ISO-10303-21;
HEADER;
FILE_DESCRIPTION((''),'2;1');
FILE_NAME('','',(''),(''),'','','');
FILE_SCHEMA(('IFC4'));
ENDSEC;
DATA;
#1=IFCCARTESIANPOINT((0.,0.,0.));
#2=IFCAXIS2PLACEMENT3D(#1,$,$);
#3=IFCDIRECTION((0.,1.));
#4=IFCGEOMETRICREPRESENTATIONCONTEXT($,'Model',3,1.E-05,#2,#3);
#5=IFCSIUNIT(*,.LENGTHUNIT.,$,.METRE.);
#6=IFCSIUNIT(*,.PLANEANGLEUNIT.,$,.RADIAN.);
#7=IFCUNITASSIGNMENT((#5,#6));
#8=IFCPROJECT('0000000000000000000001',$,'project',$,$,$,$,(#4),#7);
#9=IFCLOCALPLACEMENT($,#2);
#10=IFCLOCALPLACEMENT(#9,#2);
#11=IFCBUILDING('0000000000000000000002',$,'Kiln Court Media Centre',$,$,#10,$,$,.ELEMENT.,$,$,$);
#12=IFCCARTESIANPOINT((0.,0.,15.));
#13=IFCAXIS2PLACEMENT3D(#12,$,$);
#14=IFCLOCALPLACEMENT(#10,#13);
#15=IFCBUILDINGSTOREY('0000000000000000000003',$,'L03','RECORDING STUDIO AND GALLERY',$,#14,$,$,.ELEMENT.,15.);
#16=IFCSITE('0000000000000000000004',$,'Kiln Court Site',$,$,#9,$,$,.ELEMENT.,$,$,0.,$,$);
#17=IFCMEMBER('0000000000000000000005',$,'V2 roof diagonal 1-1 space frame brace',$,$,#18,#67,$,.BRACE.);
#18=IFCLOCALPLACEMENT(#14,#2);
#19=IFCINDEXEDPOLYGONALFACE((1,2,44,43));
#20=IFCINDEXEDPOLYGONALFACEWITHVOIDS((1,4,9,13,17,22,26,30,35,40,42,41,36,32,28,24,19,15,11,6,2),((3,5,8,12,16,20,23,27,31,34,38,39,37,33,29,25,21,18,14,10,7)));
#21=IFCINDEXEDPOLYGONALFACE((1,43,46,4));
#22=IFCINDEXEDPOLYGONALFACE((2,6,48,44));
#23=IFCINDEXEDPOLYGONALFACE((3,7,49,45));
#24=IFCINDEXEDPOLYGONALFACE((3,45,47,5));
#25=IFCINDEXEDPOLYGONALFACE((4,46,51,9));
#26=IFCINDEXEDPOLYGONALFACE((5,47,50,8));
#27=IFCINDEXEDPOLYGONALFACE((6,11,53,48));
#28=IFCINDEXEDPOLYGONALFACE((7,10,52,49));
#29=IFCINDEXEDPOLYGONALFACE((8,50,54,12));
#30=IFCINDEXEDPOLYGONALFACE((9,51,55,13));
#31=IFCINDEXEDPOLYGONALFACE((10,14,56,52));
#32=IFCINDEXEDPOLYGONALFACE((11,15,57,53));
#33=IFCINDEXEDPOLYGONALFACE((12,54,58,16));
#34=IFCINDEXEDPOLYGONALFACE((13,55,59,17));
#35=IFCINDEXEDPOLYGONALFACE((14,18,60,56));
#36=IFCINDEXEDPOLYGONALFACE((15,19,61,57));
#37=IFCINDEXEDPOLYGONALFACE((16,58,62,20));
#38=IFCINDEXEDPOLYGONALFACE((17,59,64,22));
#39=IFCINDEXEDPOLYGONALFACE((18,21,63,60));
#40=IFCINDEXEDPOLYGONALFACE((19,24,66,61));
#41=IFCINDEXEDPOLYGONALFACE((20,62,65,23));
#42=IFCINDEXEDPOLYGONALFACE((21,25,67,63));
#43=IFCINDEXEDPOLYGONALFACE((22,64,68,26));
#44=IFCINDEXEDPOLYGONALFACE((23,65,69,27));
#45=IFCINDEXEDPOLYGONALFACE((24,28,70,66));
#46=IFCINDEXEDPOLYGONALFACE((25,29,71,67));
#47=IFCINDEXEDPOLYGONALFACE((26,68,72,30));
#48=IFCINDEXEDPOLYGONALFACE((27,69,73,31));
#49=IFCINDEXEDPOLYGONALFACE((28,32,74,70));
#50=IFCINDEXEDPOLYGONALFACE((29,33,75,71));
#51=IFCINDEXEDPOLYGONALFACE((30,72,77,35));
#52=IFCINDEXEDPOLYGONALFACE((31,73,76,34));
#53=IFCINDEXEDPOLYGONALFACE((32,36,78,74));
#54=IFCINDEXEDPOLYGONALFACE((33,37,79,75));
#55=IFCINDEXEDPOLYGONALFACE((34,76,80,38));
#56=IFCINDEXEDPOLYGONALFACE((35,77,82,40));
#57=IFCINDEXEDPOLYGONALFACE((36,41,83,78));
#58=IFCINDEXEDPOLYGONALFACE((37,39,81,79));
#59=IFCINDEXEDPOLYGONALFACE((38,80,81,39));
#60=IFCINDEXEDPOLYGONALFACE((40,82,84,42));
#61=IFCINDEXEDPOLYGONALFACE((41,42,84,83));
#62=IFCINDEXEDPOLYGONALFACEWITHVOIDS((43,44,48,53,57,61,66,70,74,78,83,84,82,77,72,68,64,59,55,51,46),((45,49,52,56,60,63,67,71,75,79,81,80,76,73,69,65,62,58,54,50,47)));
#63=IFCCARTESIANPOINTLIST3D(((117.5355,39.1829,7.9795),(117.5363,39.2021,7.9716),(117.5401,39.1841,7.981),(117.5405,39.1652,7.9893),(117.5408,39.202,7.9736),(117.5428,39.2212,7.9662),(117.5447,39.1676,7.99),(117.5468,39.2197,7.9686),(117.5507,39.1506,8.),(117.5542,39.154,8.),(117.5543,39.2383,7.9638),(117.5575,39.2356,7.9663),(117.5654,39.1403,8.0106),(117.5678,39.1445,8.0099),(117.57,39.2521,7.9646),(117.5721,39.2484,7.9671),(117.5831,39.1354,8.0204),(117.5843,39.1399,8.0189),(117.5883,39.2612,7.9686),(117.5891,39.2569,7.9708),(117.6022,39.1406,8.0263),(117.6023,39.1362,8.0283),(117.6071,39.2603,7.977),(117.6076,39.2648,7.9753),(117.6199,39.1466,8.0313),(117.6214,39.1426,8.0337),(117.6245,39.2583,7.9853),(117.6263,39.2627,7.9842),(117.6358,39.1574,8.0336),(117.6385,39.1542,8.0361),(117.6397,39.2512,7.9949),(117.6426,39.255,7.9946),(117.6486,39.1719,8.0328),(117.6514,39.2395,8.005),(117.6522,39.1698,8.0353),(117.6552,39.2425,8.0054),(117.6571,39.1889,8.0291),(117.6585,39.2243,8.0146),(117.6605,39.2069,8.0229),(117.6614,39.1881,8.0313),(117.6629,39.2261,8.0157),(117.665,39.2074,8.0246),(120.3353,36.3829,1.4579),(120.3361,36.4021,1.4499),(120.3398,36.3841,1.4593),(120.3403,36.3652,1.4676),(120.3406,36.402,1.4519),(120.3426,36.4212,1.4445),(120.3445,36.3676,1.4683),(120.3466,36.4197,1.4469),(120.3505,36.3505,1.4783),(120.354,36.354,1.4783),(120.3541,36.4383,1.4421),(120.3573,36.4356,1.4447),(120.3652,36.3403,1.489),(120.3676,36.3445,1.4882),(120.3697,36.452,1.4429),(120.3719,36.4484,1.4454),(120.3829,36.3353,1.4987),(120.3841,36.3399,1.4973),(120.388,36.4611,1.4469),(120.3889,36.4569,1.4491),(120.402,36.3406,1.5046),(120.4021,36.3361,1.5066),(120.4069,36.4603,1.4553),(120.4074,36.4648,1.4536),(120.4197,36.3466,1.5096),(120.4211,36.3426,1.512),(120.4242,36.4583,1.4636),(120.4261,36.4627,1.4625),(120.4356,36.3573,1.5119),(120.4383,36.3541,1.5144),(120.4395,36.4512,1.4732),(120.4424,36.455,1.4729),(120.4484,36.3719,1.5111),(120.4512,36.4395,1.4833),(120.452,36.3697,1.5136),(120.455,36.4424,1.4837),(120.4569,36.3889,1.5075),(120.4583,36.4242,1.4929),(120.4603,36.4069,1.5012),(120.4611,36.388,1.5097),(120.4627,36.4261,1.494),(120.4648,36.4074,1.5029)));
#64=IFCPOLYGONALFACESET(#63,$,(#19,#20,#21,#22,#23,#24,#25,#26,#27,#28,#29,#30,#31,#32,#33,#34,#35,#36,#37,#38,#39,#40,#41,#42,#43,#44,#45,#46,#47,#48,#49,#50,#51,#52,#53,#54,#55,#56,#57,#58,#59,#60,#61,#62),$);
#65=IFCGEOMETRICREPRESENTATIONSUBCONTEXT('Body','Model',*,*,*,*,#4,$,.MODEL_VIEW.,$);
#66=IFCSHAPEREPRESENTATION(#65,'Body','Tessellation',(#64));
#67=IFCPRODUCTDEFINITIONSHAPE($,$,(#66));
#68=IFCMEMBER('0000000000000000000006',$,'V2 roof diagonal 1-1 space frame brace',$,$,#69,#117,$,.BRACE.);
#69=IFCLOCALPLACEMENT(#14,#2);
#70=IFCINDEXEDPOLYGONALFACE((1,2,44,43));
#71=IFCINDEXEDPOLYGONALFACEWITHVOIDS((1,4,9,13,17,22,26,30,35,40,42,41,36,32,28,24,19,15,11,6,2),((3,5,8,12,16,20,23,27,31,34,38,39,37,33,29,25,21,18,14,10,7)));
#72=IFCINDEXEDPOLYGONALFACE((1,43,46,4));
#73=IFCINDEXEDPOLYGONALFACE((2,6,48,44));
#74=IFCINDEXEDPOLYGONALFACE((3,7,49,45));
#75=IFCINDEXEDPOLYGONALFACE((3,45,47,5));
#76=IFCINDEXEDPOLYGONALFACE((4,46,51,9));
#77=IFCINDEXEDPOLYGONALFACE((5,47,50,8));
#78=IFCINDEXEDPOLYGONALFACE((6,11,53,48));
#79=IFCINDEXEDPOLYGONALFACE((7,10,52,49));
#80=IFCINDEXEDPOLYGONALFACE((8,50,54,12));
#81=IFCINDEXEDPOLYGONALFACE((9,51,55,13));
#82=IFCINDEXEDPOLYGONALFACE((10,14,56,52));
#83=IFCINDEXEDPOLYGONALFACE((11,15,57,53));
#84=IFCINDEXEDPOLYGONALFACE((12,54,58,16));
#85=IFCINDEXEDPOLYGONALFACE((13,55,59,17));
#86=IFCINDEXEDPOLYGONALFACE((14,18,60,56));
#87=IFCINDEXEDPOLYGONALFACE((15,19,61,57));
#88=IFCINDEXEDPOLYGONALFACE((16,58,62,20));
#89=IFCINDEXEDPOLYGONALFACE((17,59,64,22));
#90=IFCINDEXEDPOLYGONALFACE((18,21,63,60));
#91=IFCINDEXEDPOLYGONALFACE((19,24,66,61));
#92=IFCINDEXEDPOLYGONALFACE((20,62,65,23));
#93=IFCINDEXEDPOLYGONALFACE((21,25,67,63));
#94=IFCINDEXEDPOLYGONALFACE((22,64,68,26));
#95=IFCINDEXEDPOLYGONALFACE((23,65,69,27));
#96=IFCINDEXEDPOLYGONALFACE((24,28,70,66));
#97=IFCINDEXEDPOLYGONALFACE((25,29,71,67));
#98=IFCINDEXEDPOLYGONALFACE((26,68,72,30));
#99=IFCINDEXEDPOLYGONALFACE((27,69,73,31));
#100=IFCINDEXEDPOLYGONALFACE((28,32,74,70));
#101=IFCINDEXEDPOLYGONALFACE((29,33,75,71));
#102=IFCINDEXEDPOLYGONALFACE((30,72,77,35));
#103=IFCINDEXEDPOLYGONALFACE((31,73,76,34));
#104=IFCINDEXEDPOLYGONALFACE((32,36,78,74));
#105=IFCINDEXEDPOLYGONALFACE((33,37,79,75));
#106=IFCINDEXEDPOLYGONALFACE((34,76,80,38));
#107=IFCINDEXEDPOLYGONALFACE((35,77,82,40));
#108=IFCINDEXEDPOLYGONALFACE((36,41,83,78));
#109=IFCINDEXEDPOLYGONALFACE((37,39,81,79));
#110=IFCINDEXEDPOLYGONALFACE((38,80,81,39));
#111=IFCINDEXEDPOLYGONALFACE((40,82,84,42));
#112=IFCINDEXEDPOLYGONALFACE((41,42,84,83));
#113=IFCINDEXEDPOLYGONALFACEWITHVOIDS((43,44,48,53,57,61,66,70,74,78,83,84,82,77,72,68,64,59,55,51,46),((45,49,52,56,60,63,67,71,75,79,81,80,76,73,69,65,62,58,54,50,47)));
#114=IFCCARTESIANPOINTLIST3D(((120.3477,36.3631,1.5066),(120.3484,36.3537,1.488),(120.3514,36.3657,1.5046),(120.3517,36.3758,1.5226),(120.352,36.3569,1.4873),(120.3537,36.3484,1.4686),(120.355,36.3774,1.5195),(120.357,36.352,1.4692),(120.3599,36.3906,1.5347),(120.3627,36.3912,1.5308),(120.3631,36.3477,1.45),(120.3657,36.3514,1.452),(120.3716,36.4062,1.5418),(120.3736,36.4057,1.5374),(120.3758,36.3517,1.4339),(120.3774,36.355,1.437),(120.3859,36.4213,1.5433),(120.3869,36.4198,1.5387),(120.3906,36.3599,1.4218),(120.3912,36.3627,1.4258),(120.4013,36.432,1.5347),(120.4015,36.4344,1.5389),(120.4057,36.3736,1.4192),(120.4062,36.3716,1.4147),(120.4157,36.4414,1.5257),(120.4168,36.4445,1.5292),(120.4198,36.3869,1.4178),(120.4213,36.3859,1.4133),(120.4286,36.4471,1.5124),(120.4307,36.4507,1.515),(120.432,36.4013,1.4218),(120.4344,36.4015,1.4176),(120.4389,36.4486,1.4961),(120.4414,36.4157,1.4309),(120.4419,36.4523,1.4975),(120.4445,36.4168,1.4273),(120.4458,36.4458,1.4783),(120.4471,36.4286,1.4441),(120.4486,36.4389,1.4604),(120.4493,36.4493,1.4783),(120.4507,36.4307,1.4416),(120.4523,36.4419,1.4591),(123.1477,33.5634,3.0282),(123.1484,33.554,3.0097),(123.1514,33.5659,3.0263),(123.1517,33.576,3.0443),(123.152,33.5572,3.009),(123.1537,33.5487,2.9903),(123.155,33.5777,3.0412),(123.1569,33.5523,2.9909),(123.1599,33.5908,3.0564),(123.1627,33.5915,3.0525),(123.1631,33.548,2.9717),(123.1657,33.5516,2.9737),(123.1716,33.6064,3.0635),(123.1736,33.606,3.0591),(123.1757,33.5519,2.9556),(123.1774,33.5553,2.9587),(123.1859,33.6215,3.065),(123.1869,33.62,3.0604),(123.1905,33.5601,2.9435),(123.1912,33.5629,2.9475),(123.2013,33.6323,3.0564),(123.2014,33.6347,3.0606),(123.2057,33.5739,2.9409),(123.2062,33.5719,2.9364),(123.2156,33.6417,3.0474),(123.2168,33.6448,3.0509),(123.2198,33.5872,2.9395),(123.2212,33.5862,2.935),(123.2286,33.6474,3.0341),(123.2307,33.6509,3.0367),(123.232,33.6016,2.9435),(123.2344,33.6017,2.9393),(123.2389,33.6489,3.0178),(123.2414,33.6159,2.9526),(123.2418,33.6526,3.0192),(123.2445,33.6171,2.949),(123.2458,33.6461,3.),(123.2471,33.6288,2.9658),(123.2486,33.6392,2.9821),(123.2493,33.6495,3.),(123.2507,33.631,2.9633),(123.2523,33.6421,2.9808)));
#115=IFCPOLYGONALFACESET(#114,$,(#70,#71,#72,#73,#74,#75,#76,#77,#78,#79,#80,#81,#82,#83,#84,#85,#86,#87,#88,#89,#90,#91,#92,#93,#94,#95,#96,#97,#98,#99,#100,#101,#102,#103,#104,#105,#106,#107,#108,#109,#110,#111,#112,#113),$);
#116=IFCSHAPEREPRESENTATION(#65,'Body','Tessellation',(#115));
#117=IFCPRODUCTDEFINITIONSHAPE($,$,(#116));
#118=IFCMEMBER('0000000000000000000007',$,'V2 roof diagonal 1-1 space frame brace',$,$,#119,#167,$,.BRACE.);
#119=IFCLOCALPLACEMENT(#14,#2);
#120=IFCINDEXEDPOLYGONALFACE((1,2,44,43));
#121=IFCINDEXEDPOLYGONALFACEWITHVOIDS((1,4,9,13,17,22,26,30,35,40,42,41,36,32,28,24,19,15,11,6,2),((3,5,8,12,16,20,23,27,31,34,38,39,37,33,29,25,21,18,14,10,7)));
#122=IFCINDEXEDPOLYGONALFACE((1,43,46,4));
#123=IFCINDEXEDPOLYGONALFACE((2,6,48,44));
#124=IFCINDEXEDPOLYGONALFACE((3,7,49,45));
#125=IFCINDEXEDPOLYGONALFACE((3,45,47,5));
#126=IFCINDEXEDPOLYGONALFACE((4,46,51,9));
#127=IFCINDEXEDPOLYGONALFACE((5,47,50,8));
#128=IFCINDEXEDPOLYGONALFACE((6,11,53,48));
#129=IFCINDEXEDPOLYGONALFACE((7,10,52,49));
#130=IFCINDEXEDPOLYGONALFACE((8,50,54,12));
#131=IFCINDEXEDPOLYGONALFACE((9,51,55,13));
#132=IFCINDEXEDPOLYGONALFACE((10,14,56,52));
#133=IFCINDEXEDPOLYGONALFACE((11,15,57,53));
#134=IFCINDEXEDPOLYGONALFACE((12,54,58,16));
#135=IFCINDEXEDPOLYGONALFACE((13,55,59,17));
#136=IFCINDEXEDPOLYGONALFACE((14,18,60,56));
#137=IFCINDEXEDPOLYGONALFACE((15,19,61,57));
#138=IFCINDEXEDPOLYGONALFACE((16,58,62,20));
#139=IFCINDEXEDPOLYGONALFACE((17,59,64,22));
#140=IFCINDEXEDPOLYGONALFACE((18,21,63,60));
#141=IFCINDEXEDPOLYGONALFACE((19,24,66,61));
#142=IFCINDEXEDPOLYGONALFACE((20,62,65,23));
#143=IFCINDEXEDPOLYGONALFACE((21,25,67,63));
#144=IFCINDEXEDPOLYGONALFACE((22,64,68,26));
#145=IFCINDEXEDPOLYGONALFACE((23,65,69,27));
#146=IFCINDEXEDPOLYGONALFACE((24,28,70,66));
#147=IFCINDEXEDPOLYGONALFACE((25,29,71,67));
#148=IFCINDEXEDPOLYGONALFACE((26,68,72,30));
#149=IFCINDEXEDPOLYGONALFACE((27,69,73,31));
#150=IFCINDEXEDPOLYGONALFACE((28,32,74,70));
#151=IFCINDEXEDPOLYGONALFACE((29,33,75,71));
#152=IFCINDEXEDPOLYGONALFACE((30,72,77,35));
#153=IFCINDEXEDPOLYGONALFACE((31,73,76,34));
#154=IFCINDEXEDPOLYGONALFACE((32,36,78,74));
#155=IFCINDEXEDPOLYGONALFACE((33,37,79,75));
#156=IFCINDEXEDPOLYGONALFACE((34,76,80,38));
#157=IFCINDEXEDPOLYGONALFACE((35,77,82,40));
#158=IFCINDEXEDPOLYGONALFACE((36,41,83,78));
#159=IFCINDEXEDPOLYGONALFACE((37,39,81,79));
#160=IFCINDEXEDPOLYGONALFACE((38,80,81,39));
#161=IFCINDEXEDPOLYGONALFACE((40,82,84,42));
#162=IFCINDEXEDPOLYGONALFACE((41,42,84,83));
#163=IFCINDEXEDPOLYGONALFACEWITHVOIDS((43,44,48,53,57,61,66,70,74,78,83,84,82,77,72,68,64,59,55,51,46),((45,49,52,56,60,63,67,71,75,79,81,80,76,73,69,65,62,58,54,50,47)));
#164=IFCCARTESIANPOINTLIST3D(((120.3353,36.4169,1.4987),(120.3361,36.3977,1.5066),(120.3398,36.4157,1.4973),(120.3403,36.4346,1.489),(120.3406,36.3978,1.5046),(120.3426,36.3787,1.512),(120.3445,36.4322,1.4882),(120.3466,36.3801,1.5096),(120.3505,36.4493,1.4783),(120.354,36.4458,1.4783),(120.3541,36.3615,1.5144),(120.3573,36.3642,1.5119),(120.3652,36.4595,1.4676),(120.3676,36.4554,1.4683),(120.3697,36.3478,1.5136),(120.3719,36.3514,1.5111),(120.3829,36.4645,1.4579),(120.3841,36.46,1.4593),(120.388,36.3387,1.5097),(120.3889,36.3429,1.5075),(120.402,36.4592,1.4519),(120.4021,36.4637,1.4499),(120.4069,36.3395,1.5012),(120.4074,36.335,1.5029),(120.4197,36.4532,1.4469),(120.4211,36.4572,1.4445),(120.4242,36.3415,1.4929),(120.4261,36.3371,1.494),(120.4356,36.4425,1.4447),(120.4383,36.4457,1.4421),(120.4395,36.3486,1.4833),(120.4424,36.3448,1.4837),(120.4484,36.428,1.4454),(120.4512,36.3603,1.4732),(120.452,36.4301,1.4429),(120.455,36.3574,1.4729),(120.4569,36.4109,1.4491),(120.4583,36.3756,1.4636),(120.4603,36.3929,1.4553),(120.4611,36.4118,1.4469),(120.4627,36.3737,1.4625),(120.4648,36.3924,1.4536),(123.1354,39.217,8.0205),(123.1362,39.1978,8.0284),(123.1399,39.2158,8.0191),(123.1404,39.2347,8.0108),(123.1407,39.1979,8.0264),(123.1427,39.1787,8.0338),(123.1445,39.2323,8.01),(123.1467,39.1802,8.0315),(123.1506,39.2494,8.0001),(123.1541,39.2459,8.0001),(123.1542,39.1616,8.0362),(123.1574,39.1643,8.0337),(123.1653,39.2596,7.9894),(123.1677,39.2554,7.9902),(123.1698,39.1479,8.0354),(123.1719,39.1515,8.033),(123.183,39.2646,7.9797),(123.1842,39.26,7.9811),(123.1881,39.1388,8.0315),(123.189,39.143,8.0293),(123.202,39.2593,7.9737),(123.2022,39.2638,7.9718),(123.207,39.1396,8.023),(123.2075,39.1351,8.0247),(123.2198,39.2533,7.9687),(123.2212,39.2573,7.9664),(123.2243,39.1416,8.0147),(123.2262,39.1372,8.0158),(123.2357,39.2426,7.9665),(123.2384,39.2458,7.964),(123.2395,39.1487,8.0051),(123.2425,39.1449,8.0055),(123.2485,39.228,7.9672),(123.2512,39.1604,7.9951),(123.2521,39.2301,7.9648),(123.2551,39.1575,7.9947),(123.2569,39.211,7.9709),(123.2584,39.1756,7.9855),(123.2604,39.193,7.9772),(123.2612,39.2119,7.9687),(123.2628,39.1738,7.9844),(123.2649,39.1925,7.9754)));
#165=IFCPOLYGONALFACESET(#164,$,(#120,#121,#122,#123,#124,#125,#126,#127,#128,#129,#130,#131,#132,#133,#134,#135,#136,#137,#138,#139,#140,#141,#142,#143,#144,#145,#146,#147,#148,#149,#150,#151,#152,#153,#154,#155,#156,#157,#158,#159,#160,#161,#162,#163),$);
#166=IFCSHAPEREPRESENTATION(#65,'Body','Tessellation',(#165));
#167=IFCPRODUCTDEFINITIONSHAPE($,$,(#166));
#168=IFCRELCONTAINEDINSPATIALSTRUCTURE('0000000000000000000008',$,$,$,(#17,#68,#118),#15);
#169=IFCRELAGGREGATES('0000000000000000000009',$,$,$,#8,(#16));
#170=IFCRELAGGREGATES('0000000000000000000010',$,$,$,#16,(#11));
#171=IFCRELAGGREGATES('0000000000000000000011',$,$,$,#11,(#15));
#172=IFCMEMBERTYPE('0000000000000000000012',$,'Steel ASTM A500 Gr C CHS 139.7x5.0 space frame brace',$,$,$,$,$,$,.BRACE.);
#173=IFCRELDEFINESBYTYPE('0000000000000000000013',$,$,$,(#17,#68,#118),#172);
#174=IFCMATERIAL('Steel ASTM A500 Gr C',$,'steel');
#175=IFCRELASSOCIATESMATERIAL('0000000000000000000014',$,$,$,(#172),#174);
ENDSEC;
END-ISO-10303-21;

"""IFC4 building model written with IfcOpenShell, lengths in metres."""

from ifc_helpers import new_model, si_unit, direction, frame, origin, origin_2d, place, context, subcontext, project, spatial, hollow_circle, extrude, material, material_profile, profile_set, type_object, element, save


model = new_model("IFC4")

# Units and contexts
model_context = context("Model", 3, precision=1e-05, world=origin(), true_north=direction((0.0, 1.0)))
body_context = subcontext(model_context, "Body", "Model", "MODEL_VIEW")
ifc_project = project(units=[si_unit("LENGTHUNIT", "METRE"), si_unit("PLANEANGLEUNIT", "RADIAN")], contexts=[model_context])

# Site, building, storey
site_placement = place(None, origin())
site = spatial("IfcSite", under=ifc_project, at=site_placement, Name="Kiln Court Site", CompositionType="ELEMENT", RefElevation=0.0)
building_placement = place(site_placement, origin())
building = spatial("IfcBuilding", under=site, at=building_placement, Name="Kiln Court Media Centre", CompositionType="ELEMENT")
storey_placement = place(building_placement, frame((0.0, 0.0, 15.0)))
storey = spatial("IfcBuildingStorey", under=building, at=storey_placement, Name="L03", Description="RECORDING STUDIO AND GALLERY", CompositionType="ELEMENT", Elevation=15.0)

# Members
ifc_material_1 = material(Name="Steel ASTM A500 Gr C", Category="steel")
ifc_material_profile_1 = material_profile(ifc_material_1, hollow_circle(Radius=0.0698, WallThickness=0.0049, at=origin_2d()), Name="CHS 139.7x5.0")
ifc_profile_set_1 = profile_set([ifc_material_profile_1], Name="Steel ASTM A500 Gr C")
member_type_1 = type_object("IfcMemberType", Name="Steel ASTM A500 Gr C CHS 139.7x5.0 space frame brace", PredefinedType="BRACE", material=ifc_profile_set_1)
member_1_placement = place(storey_placement, frame((120.3999, 36.3999, 1.4783), z_axis=(-0.366962, 0.366994, 0.854783), x_axis=(-0.707138, -0.707076, 0.0)))
element("IfcMember", 1, at=member_1_placement, inside=storey, type_object=member_type_1, Name="V2 roof diagonal 1-1 space frame brace", PredefinedType="BRACE", context=body_context, shape_type="SweptSolid", body=[
    extrude(hollow_circle(Radius=0.0698, WallThickness=0.0049, at=origin_2d()), origin(), (0.0, 0.0, 1.0), 7.6296),
])
member_2_placement = place(storey_placement, frame((120.3999, 36.3999, 1.4783), z_axis=(0.660073, -0.660015, 0.358726), x_axis=(0.707076, 0.707138, 0.0)))
element("IfcMember", 2, at=member_2_placement, inside=storey, type_object=member_type_1, Name="V2 roof diagonal 1-1 space frame brace", PredefinedType="BRACE", context=body_context, shape_type="SweptSolid", body=[
    extrude(hollow_circle(Radius=0.0698, WallThickness=0.0049, at=origin_2d()), origin(), (0.0, 0.0, 1.0), 4.2419),
])
member_3_placement = place(storey_placement, frame((120.3999, 36.3999, 1.4783), z_axis=(0.36699, 0.36699, 0.854773), x_axis=(-0.707107, 0.707107, 0.0)))
element("IfcMember", 3, at=member_3_placement, inside=storey, type_object=member_type_1, Name="V2 roof diagonal 1-1 space frame brace", PredefinedType="BRACE", context=body_context, shape_type="SweptSolid", body=[
    extrude(hollow_circle(Radius=0.0698, WallThickness=0.0049, at=origin_2d()), origin(), (0.0, 0.0, 1.0), 7.6299),
])

save(model, "model.ifc")
